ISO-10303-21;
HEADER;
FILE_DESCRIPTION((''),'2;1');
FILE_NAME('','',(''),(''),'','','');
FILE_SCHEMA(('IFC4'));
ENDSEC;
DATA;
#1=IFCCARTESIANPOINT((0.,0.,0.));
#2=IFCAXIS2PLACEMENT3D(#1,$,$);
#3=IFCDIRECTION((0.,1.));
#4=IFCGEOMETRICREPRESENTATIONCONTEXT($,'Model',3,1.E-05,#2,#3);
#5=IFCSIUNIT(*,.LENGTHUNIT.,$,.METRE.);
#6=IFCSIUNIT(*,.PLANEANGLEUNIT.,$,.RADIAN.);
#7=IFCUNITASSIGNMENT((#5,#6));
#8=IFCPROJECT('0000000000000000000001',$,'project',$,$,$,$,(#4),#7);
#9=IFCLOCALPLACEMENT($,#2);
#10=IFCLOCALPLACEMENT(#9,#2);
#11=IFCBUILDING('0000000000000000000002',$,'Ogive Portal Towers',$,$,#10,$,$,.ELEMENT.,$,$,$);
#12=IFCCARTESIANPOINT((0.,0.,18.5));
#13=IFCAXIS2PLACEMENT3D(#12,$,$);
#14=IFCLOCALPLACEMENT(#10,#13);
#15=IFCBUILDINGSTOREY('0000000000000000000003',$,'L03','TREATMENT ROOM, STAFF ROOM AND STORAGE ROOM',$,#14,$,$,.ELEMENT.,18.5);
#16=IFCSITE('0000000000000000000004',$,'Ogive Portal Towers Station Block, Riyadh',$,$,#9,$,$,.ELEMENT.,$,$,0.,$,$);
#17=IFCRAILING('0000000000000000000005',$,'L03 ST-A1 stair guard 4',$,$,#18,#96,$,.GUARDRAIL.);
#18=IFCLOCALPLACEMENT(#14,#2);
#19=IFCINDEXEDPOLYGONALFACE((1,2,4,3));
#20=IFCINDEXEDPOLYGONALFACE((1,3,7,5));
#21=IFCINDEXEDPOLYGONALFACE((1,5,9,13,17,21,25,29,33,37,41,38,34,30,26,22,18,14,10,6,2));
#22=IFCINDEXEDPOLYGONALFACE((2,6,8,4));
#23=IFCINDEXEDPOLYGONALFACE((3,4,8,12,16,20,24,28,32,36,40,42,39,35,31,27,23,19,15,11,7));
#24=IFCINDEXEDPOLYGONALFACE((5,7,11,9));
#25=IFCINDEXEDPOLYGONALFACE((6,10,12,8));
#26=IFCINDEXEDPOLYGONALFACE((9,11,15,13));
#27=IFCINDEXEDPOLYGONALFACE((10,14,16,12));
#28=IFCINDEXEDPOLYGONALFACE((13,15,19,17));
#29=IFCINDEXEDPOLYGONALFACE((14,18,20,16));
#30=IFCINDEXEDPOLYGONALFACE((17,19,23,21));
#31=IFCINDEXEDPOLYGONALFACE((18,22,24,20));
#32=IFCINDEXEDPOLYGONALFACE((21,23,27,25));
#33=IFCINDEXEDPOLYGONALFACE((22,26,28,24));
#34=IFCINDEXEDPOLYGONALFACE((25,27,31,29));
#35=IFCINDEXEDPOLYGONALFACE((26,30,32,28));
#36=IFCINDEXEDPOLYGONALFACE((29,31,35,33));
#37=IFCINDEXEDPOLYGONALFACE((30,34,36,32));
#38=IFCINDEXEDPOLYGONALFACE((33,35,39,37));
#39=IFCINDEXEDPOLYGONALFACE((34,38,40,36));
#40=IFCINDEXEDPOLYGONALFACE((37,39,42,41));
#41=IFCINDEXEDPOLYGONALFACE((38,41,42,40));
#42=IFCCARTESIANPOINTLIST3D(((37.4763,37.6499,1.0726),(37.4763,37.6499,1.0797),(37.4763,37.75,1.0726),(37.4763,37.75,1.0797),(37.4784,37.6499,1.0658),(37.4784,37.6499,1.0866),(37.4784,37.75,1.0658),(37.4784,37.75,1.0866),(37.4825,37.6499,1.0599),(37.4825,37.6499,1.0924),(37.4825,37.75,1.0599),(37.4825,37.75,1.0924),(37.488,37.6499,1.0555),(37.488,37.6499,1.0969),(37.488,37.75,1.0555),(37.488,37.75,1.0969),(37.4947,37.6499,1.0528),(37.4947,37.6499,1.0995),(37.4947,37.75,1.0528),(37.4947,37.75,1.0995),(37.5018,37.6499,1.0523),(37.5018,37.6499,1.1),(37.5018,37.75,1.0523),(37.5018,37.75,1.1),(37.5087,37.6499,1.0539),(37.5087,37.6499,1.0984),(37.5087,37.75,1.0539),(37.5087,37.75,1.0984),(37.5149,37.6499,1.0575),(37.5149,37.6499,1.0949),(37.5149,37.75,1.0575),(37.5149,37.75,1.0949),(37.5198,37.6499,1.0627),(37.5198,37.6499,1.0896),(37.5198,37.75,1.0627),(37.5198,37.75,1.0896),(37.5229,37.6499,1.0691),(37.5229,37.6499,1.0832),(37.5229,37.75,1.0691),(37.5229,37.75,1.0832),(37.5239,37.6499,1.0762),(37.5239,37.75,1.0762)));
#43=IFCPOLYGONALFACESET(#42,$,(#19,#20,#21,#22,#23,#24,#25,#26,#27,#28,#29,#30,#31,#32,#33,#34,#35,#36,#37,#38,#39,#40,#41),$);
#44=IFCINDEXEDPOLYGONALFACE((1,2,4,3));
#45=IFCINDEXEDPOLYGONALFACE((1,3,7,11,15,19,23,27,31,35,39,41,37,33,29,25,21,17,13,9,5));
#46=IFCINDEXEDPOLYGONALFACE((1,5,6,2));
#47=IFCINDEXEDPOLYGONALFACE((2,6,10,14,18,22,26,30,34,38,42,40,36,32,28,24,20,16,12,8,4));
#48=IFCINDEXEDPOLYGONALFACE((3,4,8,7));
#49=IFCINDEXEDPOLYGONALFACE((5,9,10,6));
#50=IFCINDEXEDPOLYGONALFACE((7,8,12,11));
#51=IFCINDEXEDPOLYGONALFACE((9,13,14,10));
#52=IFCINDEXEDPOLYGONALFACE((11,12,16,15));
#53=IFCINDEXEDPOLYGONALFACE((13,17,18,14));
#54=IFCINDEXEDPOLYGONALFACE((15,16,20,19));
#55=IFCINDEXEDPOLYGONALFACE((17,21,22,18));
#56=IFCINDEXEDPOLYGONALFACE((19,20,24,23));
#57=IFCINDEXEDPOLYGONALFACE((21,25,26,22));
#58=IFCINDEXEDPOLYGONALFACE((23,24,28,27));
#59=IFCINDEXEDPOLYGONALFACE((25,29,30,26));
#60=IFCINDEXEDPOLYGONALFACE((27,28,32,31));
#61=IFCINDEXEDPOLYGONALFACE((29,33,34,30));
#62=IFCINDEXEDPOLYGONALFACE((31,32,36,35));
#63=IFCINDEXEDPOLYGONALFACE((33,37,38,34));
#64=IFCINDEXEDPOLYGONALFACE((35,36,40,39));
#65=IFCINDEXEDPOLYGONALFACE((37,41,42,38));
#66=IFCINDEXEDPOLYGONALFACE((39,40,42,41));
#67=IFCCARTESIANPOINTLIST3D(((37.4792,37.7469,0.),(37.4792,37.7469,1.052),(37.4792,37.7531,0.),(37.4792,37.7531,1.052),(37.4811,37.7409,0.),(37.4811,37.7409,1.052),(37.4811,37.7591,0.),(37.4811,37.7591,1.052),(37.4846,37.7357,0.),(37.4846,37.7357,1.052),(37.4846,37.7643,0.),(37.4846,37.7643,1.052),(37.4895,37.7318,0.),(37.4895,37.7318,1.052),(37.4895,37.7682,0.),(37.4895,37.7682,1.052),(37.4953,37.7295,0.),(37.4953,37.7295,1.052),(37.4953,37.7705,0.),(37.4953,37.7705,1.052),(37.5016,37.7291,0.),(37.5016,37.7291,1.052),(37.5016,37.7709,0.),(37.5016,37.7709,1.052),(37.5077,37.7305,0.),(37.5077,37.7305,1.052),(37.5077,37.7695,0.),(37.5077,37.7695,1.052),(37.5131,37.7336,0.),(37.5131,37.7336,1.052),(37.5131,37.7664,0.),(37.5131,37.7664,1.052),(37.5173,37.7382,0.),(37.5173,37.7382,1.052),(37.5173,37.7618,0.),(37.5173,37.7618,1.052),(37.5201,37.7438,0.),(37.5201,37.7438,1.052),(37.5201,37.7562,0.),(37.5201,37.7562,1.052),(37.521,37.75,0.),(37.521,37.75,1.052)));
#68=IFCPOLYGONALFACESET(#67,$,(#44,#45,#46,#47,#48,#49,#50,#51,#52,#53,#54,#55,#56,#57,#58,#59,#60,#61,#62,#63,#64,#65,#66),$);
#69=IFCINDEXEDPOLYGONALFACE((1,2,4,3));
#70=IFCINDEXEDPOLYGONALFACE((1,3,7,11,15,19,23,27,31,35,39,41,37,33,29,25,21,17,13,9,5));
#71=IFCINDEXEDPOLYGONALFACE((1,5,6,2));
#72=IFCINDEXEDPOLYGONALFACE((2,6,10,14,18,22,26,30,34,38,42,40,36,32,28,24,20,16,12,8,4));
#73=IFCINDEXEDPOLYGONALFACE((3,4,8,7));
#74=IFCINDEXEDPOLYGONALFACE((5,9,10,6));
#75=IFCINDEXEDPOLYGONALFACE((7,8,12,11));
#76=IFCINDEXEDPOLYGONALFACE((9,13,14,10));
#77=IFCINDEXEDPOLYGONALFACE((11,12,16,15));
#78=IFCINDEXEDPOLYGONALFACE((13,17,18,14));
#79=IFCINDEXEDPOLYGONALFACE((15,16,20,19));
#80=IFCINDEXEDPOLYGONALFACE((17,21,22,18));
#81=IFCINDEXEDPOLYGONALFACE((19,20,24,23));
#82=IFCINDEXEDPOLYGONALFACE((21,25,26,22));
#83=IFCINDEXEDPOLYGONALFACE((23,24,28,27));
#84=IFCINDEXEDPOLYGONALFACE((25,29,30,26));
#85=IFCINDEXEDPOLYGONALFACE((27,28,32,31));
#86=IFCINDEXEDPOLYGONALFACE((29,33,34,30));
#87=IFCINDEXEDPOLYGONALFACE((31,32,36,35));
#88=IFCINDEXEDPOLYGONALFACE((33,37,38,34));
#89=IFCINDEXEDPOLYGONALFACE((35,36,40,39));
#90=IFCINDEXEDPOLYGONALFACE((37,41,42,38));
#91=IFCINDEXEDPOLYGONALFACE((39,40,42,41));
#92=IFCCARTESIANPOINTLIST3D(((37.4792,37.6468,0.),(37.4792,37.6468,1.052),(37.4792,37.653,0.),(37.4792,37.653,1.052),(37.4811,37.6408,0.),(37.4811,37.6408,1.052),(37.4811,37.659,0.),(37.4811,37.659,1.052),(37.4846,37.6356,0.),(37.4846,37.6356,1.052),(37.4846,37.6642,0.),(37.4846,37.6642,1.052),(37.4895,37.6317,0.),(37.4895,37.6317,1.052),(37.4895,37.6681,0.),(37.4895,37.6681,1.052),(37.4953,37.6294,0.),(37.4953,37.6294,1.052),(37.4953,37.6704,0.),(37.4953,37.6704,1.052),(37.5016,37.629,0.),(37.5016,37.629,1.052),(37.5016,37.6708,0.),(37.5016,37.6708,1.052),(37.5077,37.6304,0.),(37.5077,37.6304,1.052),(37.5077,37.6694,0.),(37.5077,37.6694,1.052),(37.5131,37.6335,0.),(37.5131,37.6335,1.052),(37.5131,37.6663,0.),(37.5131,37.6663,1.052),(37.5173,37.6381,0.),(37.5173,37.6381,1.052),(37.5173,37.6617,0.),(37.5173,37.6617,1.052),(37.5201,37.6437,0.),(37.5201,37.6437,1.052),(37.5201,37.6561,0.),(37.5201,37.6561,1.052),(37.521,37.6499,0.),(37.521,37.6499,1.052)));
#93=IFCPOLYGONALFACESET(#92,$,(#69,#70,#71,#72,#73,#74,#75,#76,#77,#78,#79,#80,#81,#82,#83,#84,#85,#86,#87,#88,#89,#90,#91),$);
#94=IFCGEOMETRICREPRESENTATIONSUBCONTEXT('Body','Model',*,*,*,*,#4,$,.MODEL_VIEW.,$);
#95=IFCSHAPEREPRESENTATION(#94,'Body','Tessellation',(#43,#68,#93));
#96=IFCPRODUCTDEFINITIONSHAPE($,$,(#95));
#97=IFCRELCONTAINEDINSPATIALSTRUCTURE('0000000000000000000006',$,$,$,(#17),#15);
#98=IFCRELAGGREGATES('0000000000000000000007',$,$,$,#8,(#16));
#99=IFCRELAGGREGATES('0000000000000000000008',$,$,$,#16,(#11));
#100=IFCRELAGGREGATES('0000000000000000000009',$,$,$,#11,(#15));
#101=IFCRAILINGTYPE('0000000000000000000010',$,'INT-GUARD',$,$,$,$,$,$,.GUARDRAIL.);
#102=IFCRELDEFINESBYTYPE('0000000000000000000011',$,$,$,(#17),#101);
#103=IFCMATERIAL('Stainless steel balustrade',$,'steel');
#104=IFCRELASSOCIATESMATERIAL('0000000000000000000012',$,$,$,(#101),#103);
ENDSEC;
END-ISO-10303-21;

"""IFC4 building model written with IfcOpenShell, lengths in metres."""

from ifc_helpers import new_model, si_unit, direction, frame, origin, origin_2d, place, context, subcontext, project, spatial, circle, extrude, material, type_object, element, save


model = new_model("IFC4")

# Units and contexts
model_context = context("Model", 3, precision=1e-05, world=origin(), true_north=direction((0.0, 1.0)))
body_context = subcontext(model_context, "Body", "Model", "MODEL_VIEW")
ifc_project = project(units=[si_unit("LENGTHUNIT", "METRE"), si_unit("PLANEANGLEUNIT", "RADIAN")], contexts=[model_context])

# Site, building, storey
site_placement = place(None, origin())
site = spatial("IfcSite", under=ifc_project, at=site_placement, Name="Ogive Portal Towers Station Block, Riyadh", CompositionType="ELEMENT", RefElevation=0.0)
building_placement = place(site_placement, origin())
building = spatial("IfcBuilding", under=site, at=building_placement, Name="Ogive Portal Towers", CompositionType="ELEMENT")
storey_placement = place(building_placement, frame((0.0, 0.0, 18.5)))
storey = spatial("IfcBuildingStorey", under=building, at=storey_placement, Name="L03", Description="TREATMENT ROOM, STAFF ROOM AND STORAGE ROOM", CompositionType="ELEMENT", Elevation=18.5)

# Railing
ifc_material_1 = material(Name="Stainless steel balustrade", Category="steel")
railing_type_1 = type_object("IfcRailingType", Name="INT-GUARD", PredefinedType="GUARDRAIL", material=ifc_material_1)
railing_1_placement = place(storey_placement, frame((37.5, 37.75, 0.0)))
element("IfcRailing", 1, at=railing_1_placement, inside=storey, type_object=railing_type_1, Name="L03 ST-A1 stair guard 4", PredefinedType="GUARDRAIL", context=body_context, shape_type="SweptSolid", body=[
    extrude(circle(Radius=0.0239, at=origin_2d()), frame((0.0, 0.0, 1.0762), z_axis=(0.0, -1.0, 0.0), x_axis=(1.0, 0.0, 0.0)), (0.0, 0.0, 1.0), 0.1001),
    extrude(circle(Radius=0.021, at=origin_2d()), origin(), (0.0, 0.0, 1.0), 1.052),
    extrude(circle(Radius=0.021, at=origin_2d()), frame((0.0, -0.1001, 0.0)), (0.0, 0.0, 1.0), 1.052),
])

save(model, "model.ifc")
